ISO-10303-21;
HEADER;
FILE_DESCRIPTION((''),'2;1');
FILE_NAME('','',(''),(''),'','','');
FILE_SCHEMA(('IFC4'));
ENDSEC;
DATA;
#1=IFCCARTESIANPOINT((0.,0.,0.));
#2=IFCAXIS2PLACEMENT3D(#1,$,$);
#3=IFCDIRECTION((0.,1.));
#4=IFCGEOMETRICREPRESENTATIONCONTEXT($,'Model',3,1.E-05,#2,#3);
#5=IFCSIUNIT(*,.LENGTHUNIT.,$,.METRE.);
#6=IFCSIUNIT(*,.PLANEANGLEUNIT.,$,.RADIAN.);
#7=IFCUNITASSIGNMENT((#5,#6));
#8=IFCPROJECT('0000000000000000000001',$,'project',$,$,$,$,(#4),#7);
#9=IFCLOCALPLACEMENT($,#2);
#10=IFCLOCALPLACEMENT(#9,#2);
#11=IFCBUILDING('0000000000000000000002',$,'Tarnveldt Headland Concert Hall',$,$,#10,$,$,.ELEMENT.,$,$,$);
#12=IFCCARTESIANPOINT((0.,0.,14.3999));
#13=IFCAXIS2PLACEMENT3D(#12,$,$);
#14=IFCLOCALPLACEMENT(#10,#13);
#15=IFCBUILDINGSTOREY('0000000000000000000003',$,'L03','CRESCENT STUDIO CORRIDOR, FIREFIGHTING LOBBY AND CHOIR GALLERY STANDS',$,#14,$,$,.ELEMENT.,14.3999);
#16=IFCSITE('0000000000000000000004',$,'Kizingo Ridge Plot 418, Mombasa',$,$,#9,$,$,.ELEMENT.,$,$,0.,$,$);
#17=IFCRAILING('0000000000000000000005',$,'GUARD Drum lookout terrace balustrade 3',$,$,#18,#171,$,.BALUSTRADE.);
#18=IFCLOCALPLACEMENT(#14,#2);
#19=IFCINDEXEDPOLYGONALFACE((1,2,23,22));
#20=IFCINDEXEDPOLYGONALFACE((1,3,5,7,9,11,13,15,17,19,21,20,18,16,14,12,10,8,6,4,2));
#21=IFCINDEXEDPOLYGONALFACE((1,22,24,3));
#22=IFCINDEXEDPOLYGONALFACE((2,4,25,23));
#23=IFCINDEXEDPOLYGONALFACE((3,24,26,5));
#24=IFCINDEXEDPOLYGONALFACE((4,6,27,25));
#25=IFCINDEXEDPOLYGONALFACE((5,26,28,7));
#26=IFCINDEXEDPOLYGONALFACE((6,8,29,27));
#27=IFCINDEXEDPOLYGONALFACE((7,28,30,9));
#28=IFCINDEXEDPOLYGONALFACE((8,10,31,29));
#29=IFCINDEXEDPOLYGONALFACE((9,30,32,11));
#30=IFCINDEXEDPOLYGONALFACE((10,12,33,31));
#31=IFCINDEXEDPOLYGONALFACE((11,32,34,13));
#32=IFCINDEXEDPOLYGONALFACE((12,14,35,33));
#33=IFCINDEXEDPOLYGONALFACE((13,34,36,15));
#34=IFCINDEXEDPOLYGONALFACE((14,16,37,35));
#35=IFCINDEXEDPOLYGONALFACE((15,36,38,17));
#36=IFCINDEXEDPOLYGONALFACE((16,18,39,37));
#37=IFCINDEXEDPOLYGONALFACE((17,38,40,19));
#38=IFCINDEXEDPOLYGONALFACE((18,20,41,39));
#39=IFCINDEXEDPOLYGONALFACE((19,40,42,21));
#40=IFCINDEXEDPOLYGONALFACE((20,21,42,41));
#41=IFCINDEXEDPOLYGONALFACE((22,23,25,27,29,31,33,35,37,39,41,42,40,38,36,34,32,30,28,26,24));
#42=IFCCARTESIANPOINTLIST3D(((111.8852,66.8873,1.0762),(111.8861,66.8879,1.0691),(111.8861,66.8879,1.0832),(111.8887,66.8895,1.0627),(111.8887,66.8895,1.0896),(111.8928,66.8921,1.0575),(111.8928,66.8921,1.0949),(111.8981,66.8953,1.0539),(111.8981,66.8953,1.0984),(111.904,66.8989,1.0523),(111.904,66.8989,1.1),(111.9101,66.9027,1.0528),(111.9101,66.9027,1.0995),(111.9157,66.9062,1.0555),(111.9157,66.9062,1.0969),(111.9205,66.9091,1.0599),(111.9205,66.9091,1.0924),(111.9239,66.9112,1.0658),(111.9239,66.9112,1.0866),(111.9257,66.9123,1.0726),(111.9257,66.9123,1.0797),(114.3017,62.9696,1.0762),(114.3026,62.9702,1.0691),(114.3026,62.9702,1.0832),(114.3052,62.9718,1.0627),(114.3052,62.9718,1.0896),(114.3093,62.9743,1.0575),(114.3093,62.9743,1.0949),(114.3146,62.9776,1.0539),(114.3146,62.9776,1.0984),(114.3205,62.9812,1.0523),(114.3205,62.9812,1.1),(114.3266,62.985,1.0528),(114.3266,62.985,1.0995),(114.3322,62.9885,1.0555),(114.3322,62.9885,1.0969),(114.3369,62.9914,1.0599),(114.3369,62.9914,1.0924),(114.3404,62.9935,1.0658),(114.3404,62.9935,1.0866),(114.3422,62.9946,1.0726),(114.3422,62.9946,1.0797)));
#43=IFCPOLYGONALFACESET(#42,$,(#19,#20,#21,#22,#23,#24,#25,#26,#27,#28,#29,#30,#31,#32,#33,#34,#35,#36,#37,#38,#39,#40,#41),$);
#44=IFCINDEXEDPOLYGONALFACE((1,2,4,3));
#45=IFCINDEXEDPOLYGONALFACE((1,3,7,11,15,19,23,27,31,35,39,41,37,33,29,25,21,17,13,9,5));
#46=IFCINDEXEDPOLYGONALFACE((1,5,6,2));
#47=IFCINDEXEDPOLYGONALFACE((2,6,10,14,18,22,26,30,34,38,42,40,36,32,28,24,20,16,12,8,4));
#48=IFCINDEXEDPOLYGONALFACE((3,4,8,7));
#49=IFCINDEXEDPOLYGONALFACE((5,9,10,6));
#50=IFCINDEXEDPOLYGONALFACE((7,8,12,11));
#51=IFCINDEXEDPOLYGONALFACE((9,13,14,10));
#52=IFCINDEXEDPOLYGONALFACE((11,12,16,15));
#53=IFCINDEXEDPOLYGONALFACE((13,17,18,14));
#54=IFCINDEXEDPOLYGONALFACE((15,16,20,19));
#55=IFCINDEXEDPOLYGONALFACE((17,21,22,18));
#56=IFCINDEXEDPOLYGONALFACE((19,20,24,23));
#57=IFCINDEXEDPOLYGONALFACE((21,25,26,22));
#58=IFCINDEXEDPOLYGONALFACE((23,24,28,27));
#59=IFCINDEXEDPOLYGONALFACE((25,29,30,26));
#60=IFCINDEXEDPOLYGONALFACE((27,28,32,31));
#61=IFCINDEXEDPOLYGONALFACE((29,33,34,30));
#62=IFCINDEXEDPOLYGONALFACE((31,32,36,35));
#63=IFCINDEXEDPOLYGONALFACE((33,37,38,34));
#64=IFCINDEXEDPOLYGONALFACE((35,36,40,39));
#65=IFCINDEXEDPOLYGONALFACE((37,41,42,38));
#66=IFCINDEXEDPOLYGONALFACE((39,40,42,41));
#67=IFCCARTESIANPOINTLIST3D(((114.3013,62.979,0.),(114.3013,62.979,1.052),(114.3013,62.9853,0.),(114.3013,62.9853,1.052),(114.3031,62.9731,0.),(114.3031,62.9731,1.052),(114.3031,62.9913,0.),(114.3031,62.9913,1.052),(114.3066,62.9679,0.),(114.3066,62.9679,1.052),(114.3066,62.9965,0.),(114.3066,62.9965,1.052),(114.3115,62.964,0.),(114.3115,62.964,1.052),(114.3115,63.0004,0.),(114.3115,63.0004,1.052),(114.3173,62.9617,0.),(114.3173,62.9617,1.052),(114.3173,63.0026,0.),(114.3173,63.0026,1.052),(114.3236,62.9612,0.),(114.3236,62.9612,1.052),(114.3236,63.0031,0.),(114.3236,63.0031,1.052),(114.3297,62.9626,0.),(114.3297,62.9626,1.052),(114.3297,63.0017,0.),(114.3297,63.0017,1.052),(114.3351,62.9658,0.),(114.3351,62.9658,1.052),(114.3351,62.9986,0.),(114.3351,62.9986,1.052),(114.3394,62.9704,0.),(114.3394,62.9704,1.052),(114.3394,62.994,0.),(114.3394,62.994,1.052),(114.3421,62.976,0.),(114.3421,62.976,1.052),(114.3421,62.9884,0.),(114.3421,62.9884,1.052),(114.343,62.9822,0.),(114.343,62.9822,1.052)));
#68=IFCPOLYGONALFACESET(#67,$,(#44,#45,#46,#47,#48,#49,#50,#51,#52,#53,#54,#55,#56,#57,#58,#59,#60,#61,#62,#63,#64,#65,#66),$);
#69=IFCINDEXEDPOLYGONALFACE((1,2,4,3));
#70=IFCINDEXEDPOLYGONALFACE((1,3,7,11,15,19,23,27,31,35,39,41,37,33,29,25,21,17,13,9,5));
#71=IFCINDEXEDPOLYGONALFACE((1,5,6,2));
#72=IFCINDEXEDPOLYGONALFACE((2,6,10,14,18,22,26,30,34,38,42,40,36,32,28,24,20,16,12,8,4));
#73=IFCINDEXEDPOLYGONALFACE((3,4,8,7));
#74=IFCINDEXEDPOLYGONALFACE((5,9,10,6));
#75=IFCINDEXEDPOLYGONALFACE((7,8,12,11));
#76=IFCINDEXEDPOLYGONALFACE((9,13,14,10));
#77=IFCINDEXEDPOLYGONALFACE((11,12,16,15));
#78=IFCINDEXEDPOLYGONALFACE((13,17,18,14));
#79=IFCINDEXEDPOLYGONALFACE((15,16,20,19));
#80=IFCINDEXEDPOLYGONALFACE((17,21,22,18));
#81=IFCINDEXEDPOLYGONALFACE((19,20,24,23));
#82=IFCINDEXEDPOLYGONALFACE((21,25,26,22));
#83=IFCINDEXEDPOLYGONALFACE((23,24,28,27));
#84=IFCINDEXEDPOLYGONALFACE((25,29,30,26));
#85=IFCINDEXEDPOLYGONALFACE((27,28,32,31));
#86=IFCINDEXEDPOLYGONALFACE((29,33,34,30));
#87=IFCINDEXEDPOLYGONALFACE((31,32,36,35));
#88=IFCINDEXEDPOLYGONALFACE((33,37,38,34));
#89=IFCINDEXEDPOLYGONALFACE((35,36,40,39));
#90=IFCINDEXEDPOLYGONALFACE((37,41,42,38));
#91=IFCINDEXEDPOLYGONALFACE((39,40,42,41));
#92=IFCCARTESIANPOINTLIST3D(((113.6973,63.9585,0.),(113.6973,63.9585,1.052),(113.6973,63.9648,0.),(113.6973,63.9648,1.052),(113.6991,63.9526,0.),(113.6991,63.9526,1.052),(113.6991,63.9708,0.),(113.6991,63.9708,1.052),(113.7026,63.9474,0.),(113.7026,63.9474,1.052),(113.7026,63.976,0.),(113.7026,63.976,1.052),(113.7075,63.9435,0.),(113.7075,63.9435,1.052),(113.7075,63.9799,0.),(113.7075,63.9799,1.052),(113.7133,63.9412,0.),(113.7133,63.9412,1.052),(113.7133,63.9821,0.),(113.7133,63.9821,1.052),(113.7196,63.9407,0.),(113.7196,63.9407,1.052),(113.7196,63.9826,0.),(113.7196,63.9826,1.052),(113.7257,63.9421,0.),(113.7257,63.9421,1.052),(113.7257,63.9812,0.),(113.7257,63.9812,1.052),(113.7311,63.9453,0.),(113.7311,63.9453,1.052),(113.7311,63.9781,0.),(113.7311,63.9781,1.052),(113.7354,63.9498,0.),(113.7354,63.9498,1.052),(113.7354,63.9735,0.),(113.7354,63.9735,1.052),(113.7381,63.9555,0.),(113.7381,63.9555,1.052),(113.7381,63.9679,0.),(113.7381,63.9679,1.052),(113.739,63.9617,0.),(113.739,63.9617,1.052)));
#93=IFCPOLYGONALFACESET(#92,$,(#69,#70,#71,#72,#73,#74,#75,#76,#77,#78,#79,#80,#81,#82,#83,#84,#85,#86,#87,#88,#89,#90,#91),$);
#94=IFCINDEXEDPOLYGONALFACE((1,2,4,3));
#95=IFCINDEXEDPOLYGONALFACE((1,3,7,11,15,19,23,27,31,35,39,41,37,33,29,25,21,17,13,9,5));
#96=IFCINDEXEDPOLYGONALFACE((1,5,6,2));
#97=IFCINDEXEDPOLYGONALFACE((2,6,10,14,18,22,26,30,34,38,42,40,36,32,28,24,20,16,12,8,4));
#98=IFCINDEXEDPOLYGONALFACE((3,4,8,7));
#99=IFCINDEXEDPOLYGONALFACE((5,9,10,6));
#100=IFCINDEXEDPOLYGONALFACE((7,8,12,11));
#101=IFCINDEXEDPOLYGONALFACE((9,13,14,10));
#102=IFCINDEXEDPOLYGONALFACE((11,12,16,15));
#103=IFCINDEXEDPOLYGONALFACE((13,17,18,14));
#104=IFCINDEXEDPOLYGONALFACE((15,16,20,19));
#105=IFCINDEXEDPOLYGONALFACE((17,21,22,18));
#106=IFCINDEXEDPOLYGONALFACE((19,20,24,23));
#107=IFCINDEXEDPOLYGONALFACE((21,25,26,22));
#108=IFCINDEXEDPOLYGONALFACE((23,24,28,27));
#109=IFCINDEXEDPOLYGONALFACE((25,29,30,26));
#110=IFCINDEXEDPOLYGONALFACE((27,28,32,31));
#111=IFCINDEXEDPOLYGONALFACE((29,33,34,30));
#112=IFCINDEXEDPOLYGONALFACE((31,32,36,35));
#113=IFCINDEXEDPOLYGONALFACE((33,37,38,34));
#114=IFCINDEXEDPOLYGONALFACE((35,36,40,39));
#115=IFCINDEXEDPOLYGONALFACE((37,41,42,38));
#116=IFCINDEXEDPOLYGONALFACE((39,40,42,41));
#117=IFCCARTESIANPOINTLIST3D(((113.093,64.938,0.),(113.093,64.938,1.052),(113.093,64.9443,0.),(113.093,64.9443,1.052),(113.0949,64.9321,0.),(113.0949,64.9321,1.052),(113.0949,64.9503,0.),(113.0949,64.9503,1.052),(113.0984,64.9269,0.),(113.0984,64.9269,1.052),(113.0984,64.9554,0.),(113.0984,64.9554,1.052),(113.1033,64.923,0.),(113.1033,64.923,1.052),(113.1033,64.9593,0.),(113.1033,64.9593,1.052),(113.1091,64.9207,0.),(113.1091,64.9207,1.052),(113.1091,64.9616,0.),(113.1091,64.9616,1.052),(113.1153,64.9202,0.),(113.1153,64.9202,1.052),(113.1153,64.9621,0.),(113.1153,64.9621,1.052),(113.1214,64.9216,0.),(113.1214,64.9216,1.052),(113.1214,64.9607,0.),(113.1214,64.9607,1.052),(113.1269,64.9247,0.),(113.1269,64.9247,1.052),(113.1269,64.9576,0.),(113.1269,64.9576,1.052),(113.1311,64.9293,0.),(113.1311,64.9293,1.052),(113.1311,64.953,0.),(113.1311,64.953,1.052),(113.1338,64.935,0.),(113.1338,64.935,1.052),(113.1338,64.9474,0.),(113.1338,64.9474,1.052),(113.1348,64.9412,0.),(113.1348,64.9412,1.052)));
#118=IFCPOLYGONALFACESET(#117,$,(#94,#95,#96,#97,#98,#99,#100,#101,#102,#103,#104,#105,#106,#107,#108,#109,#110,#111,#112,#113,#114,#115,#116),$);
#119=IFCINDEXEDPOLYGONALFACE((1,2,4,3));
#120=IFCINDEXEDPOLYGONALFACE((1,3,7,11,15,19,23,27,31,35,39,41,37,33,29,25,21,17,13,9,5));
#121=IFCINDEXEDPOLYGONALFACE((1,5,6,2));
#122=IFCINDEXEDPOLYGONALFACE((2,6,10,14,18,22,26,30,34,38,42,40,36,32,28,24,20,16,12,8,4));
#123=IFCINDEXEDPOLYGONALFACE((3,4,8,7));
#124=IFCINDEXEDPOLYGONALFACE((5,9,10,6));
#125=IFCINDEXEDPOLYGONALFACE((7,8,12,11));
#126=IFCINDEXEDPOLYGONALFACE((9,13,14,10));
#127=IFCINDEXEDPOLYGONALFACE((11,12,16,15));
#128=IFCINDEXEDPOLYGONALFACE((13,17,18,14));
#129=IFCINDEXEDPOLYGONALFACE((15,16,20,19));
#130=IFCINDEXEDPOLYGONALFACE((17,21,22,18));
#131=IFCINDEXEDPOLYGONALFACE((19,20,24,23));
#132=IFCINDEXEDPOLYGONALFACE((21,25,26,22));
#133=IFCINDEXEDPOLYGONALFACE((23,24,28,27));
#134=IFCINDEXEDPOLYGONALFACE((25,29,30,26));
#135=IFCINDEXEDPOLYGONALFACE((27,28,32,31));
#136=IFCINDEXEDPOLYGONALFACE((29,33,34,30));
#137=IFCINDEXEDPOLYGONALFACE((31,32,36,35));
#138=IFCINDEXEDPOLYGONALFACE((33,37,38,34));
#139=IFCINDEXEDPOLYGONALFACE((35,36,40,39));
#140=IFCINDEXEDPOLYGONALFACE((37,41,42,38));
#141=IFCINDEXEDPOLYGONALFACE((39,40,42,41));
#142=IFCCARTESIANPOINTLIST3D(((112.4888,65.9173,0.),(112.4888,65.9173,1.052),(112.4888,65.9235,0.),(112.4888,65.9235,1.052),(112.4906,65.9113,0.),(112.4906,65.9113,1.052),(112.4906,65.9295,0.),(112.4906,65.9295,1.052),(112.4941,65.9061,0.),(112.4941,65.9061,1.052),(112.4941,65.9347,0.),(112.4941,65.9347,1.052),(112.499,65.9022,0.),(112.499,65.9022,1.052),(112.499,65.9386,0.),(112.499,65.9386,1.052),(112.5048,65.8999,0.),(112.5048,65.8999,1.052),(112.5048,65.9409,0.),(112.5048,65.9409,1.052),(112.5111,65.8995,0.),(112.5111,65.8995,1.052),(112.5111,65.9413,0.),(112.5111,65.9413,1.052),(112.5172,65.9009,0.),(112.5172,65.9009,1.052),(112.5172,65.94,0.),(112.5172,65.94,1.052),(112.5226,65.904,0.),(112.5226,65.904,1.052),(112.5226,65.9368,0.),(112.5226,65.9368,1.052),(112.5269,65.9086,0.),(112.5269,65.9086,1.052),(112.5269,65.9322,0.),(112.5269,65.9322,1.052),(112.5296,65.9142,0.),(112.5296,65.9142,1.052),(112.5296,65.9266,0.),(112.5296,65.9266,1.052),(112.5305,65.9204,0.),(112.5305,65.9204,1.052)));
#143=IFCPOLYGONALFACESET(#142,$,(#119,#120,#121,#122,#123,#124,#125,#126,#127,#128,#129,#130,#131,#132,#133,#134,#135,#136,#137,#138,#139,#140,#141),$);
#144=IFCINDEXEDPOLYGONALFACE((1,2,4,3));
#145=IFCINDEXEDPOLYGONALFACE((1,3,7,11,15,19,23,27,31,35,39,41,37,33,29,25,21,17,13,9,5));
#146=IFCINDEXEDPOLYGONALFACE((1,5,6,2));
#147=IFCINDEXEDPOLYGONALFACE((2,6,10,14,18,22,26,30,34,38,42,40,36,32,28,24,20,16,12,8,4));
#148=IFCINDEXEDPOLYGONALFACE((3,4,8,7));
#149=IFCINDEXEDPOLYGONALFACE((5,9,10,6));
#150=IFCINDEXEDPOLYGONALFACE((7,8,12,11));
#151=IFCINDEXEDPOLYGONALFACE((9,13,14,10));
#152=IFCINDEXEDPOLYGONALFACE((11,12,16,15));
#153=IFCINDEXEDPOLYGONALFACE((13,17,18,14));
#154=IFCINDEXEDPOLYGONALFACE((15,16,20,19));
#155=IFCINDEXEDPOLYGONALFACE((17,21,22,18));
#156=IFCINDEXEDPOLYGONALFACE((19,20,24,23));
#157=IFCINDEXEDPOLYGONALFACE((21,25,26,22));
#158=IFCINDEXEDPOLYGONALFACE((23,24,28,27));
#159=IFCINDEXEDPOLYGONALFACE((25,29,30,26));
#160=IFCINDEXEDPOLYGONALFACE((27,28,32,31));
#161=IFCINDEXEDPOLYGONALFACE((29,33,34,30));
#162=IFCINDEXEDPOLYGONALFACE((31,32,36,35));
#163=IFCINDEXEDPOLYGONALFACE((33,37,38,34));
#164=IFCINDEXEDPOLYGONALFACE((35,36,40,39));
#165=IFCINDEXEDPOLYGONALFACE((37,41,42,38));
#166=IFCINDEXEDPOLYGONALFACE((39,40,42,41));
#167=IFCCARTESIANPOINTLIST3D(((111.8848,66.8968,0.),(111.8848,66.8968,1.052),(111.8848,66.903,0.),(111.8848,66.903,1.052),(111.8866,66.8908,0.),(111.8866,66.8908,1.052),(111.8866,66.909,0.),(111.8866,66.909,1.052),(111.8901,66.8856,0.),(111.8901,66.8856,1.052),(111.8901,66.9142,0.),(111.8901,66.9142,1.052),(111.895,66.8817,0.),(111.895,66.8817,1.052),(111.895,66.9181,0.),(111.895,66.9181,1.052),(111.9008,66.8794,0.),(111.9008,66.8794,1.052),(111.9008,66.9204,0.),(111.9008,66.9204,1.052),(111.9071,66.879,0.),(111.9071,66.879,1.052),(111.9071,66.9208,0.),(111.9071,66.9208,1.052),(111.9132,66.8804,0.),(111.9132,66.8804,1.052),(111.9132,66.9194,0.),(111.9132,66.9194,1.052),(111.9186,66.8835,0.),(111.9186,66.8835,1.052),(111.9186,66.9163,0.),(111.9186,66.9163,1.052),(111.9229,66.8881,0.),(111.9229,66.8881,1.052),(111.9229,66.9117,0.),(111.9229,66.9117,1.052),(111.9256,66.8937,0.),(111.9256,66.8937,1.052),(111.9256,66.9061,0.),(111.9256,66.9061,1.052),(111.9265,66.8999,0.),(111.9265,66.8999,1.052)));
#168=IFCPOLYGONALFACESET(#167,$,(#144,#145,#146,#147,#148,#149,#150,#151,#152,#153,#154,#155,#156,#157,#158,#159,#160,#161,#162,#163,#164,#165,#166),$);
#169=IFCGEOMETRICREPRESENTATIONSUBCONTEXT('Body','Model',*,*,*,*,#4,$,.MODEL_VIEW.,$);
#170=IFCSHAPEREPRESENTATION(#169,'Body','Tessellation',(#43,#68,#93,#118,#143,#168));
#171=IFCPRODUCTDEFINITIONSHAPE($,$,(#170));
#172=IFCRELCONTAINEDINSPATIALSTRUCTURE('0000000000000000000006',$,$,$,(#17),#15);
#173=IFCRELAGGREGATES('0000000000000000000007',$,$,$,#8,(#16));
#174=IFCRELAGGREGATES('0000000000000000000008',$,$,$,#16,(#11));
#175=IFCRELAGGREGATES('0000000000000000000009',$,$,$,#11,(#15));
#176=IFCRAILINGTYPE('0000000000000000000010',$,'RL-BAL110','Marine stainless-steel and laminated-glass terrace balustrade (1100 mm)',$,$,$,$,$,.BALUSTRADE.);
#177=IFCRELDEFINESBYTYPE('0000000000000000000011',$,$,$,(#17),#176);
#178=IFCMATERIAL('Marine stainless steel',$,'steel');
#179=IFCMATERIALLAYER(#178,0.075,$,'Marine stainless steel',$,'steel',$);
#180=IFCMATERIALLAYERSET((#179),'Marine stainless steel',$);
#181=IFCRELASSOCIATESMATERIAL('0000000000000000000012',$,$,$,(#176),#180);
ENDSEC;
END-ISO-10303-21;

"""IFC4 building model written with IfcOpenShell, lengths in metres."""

from ifc_helpers import new_model, si_unit, direction, frame, origin, origin_2d, place, context, subcontext, project, spatial, circle, extrude, material, layer, layer_set, type_object, element, save


model = new_model("IFC4")

# Units and contexts
model_context = context("Model", 3, precision=1e-05, world=origin(), true_north=direction((0.0, 1.0)))
body_context = subcontext(model_context, "Body", "Model", "MODEL_VIEW")
ifc_project = project(units=[si_unit("LENGTHUNIT", "METRE"), si_unit("PLANEANGLEUNIT", "RADIAN")], contexts=[model_context])

# Site, building, storey
site_placement = place(None, origin())
site = spatial("IfcSite", under=ifc_project, at=site_placement, Name="Kizingo Ridge Plot 418, Mombasa", CompositionType="ELEMENT", RefElevation=0.0)
building_placement = place(site_placement, origin())
building = spatial("IfcBuilding", under=site, at=building_placement, Name="Tarnveldt Headland Concert Hall", CompositionType="ELEMENT")
storey_placement = place(building_placement, frame((0.0, 0.0, 14.3999)))
storey = spatial("IfcBuildingStorey", under=building, at=storey_placement, Name="L03", Description="CRESCENT STUDIO CORRIDOR, FIREFIGHTING LOBBY AND CHOIR GALLERY STANDS", CompositionType="ELEMENT", Elevation=14.3999)

# Railing
ifc_material_1 = material(Name="Marine stainless steel", Category="steel")
ifc_layer_1 = layer(ifc_material_1, 0.075, Name="Marine stainless steel", Category="steel")
ifc_layer_set_1 = layer_set([ifc_layer_1], Name="Marine stainless steel")
railing_type = type_object("IfcRailingType", Name="RL-BAL110", Description="Marine stainless-steel and laminated-glass terrace balustrade (1100 mm)", PredefinedType="BALUSTRADE", material=ifc_layer_set_1)
railing_1_placement = place(storey_placement, frame((114.322, 62.9822, 0.0)))
element("IfcRailing", 1, at=railing_1_placement, inside=storey, type_object=railing_type, Name="GUARD Drum lookout terrace balustrade 3", PredefinedType="BALUSTRADE", context=body_context, shape_type="SweptSolid", body=[
    extrude(circle(Radius=0.0239, at=origin_2d()), frame((0.0, 0.0, 1.0762), z_axis=(-0.524979, 0.851115, 0.0), x_axis=(-0.851115, -0.524979, 0.0)), (0.0, 0.0, 1.0), 4.603),
    extrude(circle(Radius=0.021, at=origin_2d()), origin(), (0.0, 0.0, 1.0), 1.052),
    extrude(circle(Radius=0.021, at=origin_2d()), frame((-0.604, 0.9795, 0.0)), (0.0, 0.0, 1.0), 1.052),
    extrude(circle(Radius=0.021, at=origin_2d()), frame((-1.2083, 1.959, 0.0)), (0.0, 0.0, 1.0), 1.052),
    extrude(circle(Radius=0.021, at=origin_2d()), frame((-1.8125, 2.9382, 0.0)), (0.0, 0.0, 1.0), 1.052),
    extrude(circle(Radius=0.021, at=origin_2d()), frame((-2.4165, 3.9177, 0.0)), (0.0, 0.0, 1.0), 1.052),
])

save(model, "model.ifc")
